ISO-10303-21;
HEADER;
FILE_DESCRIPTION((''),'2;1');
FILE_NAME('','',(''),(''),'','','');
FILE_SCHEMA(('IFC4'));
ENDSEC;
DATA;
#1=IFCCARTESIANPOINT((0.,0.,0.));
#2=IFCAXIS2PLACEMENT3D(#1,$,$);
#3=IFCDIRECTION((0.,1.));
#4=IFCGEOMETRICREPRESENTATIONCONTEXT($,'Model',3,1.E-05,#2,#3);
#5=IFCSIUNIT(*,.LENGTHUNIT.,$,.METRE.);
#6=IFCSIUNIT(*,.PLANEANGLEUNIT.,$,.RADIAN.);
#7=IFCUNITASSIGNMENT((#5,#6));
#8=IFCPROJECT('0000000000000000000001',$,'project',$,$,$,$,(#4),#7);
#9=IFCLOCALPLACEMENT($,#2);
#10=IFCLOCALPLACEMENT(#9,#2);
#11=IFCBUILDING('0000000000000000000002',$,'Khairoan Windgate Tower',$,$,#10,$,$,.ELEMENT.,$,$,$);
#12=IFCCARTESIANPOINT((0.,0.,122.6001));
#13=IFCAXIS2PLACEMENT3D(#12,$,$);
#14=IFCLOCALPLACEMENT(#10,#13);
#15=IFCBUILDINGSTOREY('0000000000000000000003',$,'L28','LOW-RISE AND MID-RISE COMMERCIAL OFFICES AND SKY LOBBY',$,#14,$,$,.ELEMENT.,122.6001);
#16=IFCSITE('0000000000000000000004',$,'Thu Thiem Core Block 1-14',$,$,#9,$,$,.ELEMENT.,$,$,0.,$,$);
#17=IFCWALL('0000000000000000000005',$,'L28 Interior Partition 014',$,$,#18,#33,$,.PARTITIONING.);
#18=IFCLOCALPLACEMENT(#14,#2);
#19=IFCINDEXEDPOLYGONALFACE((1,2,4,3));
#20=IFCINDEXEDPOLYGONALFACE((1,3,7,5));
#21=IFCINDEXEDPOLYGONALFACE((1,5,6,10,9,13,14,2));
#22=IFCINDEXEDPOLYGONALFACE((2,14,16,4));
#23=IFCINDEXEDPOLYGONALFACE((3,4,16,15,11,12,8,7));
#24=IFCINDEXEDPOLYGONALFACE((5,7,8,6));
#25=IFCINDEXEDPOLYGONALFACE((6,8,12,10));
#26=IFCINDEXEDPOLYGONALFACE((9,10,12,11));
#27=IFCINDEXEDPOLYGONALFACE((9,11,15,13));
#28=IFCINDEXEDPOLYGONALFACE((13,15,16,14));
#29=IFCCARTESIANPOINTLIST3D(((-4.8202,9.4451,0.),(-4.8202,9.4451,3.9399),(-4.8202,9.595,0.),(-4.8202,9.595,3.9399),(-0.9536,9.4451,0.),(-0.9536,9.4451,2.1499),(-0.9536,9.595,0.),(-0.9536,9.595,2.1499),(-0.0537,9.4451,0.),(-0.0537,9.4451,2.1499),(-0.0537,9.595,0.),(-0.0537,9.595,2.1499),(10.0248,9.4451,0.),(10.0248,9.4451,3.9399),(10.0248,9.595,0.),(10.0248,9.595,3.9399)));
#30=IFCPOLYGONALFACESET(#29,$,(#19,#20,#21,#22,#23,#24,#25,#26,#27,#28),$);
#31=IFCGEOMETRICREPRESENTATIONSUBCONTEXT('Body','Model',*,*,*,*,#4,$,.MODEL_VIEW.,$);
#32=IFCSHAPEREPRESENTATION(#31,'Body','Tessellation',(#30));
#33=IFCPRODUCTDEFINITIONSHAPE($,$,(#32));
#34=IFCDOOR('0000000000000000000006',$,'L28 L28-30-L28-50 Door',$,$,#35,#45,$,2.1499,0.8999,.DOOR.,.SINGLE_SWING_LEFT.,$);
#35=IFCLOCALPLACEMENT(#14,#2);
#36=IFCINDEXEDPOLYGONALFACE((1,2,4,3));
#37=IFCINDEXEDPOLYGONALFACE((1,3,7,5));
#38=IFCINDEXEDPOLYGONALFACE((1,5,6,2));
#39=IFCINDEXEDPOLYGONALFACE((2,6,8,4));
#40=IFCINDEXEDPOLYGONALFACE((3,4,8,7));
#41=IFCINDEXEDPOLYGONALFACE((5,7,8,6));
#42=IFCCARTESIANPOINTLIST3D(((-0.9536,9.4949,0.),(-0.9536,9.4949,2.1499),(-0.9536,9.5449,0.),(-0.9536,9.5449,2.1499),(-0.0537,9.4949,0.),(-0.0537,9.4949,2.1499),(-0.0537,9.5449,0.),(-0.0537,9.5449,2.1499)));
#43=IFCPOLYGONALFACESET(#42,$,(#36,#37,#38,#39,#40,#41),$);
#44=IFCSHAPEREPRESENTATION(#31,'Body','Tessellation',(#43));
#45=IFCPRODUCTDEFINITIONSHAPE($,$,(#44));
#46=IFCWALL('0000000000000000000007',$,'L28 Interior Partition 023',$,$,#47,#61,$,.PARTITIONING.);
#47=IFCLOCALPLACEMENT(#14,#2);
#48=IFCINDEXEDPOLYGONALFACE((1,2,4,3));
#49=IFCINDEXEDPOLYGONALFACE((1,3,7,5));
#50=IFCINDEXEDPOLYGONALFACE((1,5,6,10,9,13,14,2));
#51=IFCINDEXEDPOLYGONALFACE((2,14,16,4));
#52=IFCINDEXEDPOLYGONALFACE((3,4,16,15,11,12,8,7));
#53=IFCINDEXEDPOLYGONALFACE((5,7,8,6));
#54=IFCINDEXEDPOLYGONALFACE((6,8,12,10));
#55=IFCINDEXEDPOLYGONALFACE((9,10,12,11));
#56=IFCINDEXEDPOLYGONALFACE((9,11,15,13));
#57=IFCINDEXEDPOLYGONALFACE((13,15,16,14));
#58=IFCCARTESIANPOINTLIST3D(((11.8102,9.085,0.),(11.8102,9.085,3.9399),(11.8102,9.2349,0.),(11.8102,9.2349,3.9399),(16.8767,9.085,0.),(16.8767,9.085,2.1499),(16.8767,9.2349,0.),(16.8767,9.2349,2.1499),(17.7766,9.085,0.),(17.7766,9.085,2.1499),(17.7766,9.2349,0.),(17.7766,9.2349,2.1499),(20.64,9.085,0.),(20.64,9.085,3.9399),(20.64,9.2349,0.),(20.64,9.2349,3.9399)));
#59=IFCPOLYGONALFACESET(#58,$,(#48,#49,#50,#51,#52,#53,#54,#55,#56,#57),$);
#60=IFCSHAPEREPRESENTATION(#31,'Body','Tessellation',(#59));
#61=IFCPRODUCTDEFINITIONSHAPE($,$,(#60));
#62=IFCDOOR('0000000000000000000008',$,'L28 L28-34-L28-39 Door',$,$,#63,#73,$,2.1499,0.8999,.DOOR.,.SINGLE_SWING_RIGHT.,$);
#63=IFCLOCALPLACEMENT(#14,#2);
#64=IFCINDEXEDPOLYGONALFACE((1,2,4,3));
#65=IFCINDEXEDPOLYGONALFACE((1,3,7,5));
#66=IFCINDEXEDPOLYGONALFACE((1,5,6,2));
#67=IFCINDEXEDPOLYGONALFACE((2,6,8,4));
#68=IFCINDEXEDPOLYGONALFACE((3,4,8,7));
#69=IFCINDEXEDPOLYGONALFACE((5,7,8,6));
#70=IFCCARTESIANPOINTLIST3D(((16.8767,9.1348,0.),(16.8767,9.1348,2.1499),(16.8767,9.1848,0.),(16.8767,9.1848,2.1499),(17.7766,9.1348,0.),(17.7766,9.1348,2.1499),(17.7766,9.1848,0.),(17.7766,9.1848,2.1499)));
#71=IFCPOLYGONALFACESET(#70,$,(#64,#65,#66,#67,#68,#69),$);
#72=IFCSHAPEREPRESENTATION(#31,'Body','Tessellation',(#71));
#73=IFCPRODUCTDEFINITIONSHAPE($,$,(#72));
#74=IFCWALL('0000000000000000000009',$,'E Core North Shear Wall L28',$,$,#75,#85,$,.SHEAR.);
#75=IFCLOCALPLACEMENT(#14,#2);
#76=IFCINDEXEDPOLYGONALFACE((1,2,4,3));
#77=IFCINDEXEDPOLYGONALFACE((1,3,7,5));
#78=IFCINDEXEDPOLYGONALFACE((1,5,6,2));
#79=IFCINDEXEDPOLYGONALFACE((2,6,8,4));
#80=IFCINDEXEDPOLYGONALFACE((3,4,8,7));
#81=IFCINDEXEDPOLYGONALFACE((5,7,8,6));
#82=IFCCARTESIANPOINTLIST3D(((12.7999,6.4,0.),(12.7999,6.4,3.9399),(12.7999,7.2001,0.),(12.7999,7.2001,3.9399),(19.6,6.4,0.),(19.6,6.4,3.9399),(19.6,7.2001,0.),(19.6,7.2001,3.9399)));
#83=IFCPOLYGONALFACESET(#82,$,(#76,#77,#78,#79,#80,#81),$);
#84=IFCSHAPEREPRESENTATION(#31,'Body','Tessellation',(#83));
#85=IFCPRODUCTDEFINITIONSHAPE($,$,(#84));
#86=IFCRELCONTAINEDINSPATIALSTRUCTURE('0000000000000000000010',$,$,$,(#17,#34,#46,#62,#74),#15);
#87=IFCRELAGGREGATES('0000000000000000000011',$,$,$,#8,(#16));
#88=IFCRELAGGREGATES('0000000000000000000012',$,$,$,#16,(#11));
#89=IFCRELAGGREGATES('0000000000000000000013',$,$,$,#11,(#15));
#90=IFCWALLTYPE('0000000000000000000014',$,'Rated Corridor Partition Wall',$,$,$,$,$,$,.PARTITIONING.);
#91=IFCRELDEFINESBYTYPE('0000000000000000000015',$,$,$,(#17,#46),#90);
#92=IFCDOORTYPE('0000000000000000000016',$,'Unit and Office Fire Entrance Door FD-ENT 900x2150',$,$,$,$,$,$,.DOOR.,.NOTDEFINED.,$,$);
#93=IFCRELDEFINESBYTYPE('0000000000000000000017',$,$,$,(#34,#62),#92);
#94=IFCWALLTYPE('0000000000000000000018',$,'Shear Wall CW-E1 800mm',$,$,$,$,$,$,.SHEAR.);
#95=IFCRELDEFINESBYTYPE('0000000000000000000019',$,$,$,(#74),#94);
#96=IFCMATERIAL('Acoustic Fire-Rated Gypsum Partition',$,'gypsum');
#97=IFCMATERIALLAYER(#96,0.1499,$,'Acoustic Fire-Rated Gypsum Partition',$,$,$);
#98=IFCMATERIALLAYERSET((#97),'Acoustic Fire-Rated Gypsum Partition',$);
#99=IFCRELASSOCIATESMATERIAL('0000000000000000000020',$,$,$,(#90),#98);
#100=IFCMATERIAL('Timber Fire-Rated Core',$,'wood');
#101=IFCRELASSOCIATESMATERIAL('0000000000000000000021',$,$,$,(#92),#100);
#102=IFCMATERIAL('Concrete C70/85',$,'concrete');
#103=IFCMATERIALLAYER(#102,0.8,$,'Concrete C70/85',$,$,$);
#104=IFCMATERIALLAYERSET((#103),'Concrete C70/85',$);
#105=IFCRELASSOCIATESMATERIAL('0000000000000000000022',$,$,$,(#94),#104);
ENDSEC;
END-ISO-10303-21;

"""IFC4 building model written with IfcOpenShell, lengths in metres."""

from ifc_helpers import new_model, si_unit, direction, frame, frame_2d, origin, place, context, subcontext, project, spatial, rectangle, extrude, material, layer, layer_set, type_object, element, fill, save


model = new_model("IFC4")

# Units and contexts
model_context = context("Model", 3, precision=1e-05, world=origin(), true_north=direction((0.0, 1.0)))
body_context = subcontext(model_context, "Body", "Model", "MODEL_VIEW")
ifc_project = project(units=[si_unit("LENGTHUNIT", "METRE"), si_unit("PLANEANGLEUNIT", "RADIAN")], contexts=[model_context])

# Site, building, storey
site_placement = place(None, origin())
site = spatial("IfcSite", under=ifc_project, at=site_placement, Name="Thu Thiem Core Block 1-14", CompositionType="ELEMENT", RefElevation=0.0)
building_placement = place(site_placement, origin())
building = spatial("IfcBuilding", under=site, at=building_placement, Name="Khairoan Windgate Tower", CompositionType="ELEMENT")
storey_placement = place(building_placement, frame((0.0, 0.0, 122.6001)))
storey = spatial("IfcBuildingStorey", under=building, at=storey_placement, Name="L28", Description="LOW-RISE AND MID-RISE COMMERCIAL OFFICES AND SKY LOBBY", CompositionType="ELEMENT", Elevation=122.6001)

# Walls, openings, doors
ifc_material_1 = material(Name="Acoustic Fire-Rated Gypsum Partition", Category="gypsum")
ifc_layer_1 = layer(ifc_material_1, 0.1499, Name="Acoustic Fire-Rated Gypsum Partition")
ifc_layer_set_1 = layer_set([ifc_layer_1], Name="Acoustic Fire-Rated Gypsum Partition")
wall_type_1 = type_object("IfcWallType", Name="Rated Corridor Partition Wall", PredefinedType="PARTITIONING", material=ifc_layer_set_1)
wall_1_placement = place(storey_placement, frame((-4.8201, 9.52, 0.0), z_axis=(0.0, 0.0, 1.0), x_axis=(1.0, 0.0, 0.0)))
wall_1 = element("IfcWall", 1, at=wall_1_placement, inside=storey, type_object=wall_type_1, Name="L28 Interior Partition 014", PredefinedType="PARTITIONING", context=body_context, shape_type="SweptSolid", body=[
    extrude(rectangle(XDim=14.845, YDim=0.1499, at=frame_2d((7.4224, 0.0))), origin(), (0.0, 0.0, 1.0), 3.9399),
])
opening_1_placement = place(wall_1_placement, frame((3.8665, 0.0, 0.0)))
opening_1 = element("IfcOpeningElement", 2, at=opening_1_placement, cuts=wall_1, PredefinedType="OPENING", context=body_context, shape_type="SweptSolid", body=[
    extrude(rectangle(XDim=0.8999, YDim=2.1499, at=frame_2d((0.45, 1.075))), frame((0.0, 0.085, 0.0), z_axis=(0.0, -1.0, 0.0), x_axis=(1.0, 0.0, 0.0)), (0.0, 0.0, 1.0), 0.1699),
])
ifc_material_2 = material(Name="Timber Fire-Rated Core", Category="wood")
door_type = type_object("IfcDoorType", Name="Unit and Office Fire Entrance Door FD-ENT 900x2150", OperationType="NOTDEFINED", PredefinedType="DOOR", material=ifc_material_2)
door_1_placement = place(opening_1_placement, origin())
door_1 = element("IfcDoor", 3, at=door_1_placement, inside=storey, type_object=door_type, Name="L28 L28-30-L28-50 Door", OperationType="SINGLE_SWING_LEFT", OverallHeight=2.1499, OverallWidth=0.8999, PredefinedType="DOOR", context=body_context, shape_type="SweptSolid", body=[
    extrude(rectangle(XDim=0.8999, YDim=2.1499, at=frame_2d((0.45, 1.075))), frame((0.0, 0.0249, 0.0), z_axis=(0.0, -1.0, 0.0), x_axis=(1.0, 0.0, 0.0)), (0.0, 0.0, 1.0), 0.05),
])
fill(opening_1, door_1)
wall_2_placement = place(storey_placement, frame((11.8101, 9.1599, 0.0), z_axis=(0.0, 0.0, 1.0), x_axis=(1.0, 0.0, 0.0)))
wall_2 = element("IfcWall", 4, at=wall_2_placement, inside=storey, type_object=wall_type_1, Name="L28 Interior Partition 023", PredefinedType="PARTITIONING", context=body_context, shape_type="SweptSolid", body=[
    extrude(rectangle(XDim=8.8298, YDim=0.1499, at=frame_2d((4.415, 0.0))), origin(), (0.0, 0.0, 1.0), 3.9399),
])
opening_2_placement = place(wall_2_placement, frame((5.0667, 0.0, 0.0)))
opening_2 = element("IfcOpeningElement", 5, at=opening_2_placement, cuts=wall_2, PredefinedType="OPENING", context=body_context, shape_type="SweptSolid", body=[
    extrude(rectangle(XDim=0.8999, YDim=2.1499, at=frame_2d((0.45, 1.075))), frame((0.0, 0.085, 0.0), z_axis=(0.0, -1.0, 0.0), x_axis=(1.0, 0.0, 0.0)), (0.0, 0.0, 1.0), 0.1699),
])
door_2_placement = place(opening_2_placement, origin())
door_2 = element("IfcDoor", 6, at=door_2_placement, inside=storey, type_object=door_type, Name="L28 L28-34-L28-39 Door", OperationType="SINGLE_SWING_RIGHT", OverallHeight=2.1499, OverallWidth=0.8999, PredefinedType="DOOR", context=body_context, shape_type="SweptSolid", body=[
    extrude(rectangle(XDim=0.8999, YDim=2.1499, at=frame_2d((0.45, 1.075))), frame((0.0, 0.0249, 0.0), z_axis=(0.0, -1.0, 0.0), x_axis=(1.0, 0.0, 0.0)), (0.0, 0.0, 1.0), 0.05),
])
fill(opening_2, door_2)

# Wall
ifc_material_3 = material(Name="Concrete C70/85", Category="concrete")
ifc_layer_2 = layer(ifc_material_3, 0.8, Name="Concrete C70/85")
ifc_layer_set_2 = layer_set([ifc_layer_2], Name="Concrete C70/85")
wall_type_2 = type_object("IfcWallType", Name="Shear Wall CW-E1 800mm", PredefinedType="SHEAR", material=ifc_layer_set_2)
wall_3_placement = place(storey_placement, frame((12.8, 6.8, 0.0), z_axis=(0.0, 0.0, 1.0), x_axis=(1.0, 0.0, 0.0)))
element("IfcWall", 7, at=wall_3_placement, inside=storey, type_object=wall_type_2, Name="E Core North Shear Wall L28", PredefinedType="SHEAR", context=body_context, shape_type="SweptSolid", body=[
    extrude(rectangle(XDim=6.8, YDim=0.8, at=frame_2d((3.3999, 0.0))), origin(), (0.0, 0.0, 1.0), 3.9399),
])

save(model, "model.ifc")
